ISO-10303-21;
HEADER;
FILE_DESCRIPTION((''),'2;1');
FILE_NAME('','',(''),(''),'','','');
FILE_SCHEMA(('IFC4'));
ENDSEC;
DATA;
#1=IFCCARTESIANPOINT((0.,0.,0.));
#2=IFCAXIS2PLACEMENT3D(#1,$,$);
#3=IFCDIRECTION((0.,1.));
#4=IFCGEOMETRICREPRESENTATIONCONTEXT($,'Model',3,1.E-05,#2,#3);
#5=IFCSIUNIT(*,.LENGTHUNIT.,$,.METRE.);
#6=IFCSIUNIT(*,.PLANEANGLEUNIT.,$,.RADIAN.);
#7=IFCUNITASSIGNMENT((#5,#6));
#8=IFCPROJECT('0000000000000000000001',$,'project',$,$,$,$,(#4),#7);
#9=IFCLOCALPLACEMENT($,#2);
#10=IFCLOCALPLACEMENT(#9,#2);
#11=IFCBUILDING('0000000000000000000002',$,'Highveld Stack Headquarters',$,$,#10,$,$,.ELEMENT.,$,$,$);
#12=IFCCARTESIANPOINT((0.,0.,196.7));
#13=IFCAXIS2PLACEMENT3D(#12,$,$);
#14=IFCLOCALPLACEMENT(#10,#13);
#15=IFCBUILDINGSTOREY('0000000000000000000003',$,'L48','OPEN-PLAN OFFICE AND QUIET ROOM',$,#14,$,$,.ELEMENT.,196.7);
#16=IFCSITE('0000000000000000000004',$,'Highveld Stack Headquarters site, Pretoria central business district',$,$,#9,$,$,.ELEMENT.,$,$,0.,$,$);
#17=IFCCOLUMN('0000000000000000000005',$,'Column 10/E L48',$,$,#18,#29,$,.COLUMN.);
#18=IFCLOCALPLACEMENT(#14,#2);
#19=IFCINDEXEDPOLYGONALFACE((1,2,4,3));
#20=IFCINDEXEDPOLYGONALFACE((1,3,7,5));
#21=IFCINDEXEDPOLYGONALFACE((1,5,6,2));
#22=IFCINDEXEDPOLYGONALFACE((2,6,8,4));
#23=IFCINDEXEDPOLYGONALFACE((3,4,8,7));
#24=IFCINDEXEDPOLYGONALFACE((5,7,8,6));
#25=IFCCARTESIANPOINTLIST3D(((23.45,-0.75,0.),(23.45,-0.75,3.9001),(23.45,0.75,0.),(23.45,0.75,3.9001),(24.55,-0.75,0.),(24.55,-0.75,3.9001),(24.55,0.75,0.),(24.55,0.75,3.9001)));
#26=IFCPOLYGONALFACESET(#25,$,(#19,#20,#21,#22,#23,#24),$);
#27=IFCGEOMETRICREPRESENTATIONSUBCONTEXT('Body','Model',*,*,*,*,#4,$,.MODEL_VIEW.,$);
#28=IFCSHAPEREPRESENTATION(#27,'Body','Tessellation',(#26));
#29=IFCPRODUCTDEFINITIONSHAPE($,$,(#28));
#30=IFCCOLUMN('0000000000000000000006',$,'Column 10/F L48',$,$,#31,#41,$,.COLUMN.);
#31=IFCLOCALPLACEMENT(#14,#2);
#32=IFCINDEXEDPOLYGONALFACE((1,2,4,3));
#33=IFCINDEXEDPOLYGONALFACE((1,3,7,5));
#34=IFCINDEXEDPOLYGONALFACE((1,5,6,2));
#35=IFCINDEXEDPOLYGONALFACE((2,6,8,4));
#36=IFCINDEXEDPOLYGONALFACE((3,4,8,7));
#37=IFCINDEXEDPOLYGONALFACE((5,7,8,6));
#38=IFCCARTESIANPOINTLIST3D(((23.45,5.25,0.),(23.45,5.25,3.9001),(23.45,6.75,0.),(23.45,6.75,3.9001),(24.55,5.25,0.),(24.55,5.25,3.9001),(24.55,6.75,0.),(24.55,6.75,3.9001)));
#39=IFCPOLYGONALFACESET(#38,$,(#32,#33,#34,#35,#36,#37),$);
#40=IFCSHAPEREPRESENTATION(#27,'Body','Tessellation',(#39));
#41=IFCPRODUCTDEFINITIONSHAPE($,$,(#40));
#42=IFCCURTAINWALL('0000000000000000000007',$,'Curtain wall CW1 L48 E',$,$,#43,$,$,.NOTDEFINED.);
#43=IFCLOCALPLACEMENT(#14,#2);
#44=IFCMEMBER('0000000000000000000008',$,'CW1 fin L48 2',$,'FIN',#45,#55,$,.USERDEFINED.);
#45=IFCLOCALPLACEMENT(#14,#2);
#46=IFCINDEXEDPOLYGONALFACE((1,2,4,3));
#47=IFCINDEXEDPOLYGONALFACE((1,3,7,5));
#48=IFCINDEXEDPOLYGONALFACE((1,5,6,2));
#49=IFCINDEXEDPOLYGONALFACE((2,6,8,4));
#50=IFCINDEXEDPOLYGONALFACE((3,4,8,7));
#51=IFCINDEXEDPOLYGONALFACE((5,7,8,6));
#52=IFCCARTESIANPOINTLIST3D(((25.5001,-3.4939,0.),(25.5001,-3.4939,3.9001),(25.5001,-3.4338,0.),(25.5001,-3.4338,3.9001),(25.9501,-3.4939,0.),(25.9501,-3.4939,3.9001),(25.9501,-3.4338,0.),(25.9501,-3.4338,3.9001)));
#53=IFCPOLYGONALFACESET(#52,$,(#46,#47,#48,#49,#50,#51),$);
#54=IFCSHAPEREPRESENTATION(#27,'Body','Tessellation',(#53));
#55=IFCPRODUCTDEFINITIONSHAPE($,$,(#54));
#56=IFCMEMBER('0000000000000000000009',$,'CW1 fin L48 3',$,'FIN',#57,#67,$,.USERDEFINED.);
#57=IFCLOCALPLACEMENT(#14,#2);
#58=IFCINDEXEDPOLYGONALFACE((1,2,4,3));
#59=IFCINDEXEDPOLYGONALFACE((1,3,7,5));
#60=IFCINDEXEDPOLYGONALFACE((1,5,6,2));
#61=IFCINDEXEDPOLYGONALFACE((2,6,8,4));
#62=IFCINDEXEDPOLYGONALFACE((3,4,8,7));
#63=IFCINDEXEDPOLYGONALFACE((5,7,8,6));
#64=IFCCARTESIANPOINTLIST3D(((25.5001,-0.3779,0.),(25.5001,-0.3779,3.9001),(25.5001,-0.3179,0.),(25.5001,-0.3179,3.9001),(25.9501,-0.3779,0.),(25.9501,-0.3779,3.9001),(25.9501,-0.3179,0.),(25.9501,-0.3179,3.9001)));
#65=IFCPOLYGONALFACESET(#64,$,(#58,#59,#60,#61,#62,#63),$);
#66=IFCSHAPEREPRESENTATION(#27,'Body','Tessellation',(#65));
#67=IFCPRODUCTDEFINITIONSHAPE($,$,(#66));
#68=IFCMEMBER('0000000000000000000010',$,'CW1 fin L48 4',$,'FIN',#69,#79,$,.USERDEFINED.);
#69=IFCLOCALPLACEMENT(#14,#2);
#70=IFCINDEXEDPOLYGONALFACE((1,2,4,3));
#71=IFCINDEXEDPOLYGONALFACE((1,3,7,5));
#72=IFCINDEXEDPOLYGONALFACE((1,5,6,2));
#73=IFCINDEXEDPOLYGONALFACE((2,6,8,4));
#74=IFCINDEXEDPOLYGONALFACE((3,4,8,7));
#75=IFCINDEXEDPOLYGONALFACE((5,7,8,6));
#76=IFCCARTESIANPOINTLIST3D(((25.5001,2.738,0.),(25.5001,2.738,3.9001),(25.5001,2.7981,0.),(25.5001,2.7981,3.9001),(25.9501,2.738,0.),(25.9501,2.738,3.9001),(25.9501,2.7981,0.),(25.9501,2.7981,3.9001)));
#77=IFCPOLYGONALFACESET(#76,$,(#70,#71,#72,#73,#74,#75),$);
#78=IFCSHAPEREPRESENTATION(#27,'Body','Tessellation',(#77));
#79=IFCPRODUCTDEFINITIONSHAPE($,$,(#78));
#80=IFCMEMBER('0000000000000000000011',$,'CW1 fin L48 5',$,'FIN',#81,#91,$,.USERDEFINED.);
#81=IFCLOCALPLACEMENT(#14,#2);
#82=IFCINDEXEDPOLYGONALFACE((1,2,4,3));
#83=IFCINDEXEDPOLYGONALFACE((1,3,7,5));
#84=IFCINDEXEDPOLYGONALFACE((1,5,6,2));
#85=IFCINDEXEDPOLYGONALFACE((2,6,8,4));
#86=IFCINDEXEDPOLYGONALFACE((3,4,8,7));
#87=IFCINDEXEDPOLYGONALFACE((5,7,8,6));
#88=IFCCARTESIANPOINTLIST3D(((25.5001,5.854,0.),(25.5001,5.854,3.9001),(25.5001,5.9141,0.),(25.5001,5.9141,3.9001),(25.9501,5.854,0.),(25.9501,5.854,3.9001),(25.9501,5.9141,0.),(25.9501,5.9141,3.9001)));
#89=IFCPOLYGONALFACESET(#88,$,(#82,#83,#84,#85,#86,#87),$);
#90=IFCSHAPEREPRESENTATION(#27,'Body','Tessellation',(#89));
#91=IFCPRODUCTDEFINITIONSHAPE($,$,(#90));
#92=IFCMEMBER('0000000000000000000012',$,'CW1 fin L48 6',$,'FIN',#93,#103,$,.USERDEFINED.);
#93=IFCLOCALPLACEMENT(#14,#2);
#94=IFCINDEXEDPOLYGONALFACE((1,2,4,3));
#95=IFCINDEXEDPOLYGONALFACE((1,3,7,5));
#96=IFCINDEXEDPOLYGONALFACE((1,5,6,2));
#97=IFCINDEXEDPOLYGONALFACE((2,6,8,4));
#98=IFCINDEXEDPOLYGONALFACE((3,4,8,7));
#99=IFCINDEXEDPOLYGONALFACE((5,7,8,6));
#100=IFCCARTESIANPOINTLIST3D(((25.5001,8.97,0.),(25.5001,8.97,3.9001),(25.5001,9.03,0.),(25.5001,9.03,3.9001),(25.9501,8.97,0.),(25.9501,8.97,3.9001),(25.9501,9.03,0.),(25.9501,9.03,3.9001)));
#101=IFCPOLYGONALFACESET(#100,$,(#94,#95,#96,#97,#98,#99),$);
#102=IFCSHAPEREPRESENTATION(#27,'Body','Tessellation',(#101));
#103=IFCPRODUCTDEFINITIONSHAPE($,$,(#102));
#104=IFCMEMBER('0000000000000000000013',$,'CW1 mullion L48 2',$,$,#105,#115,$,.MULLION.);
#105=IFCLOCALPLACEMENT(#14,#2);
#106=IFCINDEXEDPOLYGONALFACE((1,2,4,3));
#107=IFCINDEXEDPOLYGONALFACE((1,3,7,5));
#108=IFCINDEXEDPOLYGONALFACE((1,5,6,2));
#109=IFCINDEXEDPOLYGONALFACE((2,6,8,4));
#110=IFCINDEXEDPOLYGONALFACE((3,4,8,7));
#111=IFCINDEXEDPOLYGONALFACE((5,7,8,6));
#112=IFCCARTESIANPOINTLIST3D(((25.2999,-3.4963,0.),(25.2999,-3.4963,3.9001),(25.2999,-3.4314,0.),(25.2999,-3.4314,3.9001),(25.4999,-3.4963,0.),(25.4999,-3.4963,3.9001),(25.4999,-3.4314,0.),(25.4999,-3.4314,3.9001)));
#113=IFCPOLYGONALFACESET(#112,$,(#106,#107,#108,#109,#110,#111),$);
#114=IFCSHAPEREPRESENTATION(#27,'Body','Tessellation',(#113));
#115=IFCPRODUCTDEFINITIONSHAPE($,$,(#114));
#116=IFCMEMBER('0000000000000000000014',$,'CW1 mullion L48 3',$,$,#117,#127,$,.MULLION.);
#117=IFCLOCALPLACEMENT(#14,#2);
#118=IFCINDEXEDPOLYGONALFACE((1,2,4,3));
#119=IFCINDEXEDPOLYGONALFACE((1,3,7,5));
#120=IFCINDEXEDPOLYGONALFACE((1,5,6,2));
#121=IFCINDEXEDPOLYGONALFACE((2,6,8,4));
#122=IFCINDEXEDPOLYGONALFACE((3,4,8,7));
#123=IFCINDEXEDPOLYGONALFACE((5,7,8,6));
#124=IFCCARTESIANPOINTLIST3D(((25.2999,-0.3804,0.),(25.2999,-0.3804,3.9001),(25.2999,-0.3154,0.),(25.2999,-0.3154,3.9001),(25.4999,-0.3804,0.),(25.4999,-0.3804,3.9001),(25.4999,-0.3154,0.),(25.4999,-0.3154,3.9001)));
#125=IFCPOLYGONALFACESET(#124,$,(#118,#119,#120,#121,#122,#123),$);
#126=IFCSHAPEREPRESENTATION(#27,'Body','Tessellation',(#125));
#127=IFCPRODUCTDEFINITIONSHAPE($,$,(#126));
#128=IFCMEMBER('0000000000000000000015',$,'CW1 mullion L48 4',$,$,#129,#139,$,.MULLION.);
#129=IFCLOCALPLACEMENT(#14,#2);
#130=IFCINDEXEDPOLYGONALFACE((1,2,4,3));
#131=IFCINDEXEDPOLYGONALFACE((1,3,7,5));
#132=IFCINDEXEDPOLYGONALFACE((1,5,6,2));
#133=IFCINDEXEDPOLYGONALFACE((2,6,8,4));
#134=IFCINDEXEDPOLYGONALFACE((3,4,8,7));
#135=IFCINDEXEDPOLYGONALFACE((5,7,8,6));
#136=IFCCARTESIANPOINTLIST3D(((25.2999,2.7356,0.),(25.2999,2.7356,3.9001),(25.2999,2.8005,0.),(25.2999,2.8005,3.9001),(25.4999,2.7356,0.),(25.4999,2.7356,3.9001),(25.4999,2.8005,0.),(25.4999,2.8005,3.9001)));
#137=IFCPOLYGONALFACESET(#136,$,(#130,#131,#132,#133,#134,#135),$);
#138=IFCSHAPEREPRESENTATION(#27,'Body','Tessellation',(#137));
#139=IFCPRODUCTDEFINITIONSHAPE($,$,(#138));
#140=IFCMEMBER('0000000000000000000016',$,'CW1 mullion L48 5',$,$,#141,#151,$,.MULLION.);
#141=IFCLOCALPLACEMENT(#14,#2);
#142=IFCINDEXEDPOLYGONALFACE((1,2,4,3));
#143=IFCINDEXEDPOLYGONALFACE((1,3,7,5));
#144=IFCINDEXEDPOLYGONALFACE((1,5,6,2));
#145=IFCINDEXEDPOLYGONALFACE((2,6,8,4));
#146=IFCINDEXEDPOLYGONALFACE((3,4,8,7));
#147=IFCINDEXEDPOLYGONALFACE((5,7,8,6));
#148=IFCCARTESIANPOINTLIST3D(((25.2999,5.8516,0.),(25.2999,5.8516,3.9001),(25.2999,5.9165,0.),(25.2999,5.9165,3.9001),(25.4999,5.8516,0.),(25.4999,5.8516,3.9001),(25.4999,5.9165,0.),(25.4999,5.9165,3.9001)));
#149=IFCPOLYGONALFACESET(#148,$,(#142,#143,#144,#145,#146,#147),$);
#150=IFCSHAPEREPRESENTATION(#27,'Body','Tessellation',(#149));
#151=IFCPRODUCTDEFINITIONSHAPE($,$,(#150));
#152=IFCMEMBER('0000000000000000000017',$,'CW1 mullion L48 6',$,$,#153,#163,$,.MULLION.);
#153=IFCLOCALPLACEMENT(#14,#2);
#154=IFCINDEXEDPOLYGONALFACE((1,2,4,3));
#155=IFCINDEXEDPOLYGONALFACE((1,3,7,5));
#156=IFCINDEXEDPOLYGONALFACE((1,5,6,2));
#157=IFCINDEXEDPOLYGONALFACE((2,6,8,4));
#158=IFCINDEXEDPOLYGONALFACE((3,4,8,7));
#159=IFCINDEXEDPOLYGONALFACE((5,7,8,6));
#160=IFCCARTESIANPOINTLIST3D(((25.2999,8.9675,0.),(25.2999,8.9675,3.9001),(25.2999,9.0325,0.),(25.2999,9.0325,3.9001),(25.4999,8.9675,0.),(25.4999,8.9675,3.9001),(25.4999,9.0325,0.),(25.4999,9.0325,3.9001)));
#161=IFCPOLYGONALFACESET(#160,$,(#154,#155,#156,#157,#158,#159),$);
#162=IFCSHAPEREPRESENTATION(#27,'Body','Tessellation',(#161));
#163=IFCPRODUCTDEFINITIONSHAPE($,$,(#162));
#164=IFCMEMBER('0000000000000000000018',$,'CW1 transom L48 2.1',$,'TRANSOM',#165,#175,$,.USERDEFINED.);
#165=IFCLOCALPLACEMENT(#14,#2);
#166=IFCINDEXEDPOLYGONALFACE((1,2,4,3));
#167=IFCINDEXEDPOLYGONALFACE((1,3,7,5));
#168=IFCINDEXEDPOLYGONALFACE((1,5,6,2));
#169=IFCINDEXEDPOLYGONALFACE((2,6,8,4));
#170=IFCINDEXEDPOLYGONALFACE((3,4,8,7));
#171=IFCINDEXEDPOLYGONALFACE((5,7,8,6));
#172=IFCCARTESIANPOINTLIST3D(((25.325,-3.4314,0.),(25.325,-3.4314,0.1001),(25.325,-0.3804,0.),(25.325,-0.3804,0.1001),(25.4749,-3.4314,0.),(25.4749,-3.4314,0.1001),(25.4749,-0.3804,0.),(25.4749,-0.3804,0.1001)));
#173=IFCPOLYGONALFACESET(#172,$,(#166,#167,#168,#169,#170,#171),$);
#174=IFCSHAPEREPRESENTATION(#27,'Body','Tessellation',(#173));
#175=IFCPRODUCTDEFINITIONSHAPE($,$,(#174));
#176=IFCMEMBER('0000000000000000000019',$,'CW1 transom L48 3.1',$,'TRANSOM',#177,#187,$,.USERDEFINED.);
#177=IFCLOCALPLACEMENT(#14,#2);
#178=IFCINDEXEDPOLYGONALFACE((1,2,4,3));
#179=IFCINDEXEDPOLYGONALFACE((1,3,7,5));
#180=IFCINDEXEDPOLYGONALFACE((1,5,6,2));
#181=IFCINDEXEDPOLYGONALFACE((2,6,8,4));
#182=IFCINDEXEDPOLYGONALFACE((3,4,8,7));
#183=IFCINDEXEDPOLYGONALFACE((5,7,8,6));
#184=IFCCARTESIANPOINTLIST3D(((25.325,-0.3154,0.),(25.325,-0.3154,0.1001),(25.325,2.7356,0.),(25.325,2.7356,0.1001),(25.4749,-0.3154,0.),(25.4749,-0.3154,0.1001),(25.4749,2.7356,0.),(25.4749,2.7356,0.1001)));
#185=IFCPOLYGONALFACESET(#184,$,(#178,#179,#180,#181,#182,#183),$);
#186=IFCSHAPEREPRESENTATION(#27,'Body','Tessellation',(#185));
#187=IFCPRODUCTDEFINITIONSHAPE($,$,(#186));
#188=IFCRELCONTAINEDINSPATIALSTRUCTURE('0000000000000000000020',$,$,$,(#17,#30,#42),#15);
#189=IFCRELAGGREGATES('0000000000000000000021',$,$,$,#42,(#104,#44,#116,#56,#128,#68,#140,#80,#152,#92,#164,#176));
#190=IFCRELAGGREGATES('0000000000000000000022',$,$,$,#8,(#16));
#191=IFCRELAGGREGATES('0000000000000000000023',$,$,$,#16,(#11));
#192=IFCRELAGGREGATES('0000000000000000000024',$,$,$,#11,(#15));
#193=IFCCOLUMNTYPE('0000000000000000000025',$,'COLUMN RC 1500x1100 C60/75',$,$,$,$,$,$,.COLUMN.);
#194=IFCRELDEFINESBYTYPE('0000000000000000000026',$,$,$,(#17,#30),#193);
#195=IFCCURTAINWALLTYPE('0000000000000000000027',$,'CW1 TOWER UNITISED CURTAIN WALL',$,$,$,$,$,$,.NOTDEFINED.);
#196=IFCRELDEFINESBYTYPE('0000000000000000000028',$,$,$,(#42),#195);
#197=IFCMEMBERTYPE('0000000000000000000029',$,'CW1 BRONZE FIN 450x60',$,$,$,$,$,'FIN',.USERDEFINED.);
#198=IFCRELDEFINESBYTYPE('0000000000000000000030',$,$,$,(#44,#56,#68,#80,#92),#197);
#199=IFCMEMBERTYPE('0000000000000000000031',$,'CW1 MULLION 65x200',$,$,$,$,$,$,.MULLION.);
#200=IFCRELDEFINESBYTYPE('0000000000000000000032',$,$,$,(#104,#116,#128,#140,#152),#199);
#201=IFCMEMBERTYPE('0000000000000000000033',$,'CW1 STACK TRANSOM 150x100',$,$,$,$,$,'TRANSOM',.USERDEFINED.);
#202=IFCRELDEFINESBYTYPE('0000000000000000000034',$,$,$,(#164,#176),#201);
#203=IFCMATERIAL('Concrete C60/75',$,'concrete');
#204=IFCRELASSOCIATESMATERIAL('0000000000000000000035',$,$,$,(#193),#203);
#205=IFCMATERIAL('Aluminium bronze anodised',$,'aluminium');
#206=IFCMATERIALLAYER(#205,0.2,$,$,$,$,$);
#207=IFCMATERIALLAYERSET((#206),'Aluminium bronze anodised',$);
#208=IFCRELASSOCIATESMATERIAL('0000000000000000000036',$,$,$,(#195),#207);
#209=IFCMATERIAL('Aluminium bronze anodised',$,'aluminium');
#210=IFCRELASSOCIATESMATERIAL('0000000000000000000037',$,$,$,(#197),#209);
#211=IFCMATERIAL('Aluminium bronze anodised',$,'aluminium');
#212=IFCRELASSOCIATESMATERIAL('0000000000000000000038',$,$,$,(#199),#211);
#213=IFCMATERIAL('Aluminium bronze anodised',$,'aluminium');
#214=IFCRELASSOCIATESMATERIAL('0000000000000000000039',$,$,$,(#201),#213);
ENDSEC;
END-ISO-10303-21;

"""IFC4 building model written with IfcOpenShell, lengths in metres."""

from ifc_helpers import new_model, si_unit, direction, frame, origin, origin_2d, place, context, subcontext, project, spatial, rectangle, extrude, material, layer, layer_set, material_profile, profile_set, type_object, element, aggregate, save


model = new_model("IFC4")

# Units and contexts
model_context = context("Model", 3, precision=1e-05, world=origin(), true_north=direction((0.0, 1.0)))
body_context = subcontext(model_context, "Body", "Model", "MODEL_VIEW")
ifc_project = project(units=[si_unit("LENGTHUNIT", "METRE"), si_unit("PLANEANGLEUNIT", "RADIAN")], contexts=[model_context])

# Site, building, storey
site_placement = place(None, origin())
site = spatial("IfcSite", under=ifc_project, at=site_placement, Name="Highveld Stack Headquarters site, Pretoria central business district", CompositionType="ELEMENT", RefElevation=0.0)
building_placement = place(site_placement, origin())
building = spatial("IfcBuilding", under=site, at=building_placement, Name="Highveld Stack Headquarters", CompositionType="ELEMENT")
storey_placement = place(building_placement, frame((0.0, 0.0, 196.7)))
storey = spatial("IfcBuildingStorey", under=building, at=storey_placement, Name="L48", Description="OPEN-PLAN OFFICE AND QUIET ROOM", CompositionType="ELEMENT", Elevation=196.7)

# Columns
ifc_material_1 = material(Name="Concrete C60/75", Category="concrete")
ifc_material_profile_1 = material_profile(ifc_material_1, rectangle(XDim=1.5, YDim=1.1001, at=origin_2d()), Name="RC 1500x1100")
ifc_profile_set_1 = profile_set([ifc_material_profile_1], Name="Concrete C60/75")
column_type = type_object("IfcColumnType", Name="COLUMN RC 1500x1100 C60/75", PredefinedType="COLUMN", material=ifc_profile_set_1)
for number, where, z_axis, x_axis, name in (
    (1, (24.0, 0.0, 0.0), (0.0, 0.0, 1.0), (0.0, 1.0, 0.0), "Column 10/E L48"),
    (2, (24.0, 6.0, 0.0), (0.0, 0.0, 1.0), (0.0, 1.0, 0.0), "Column 10/F L48"),
):
    element("IfcColumn", number, at=place(storey_placement, frame(where, z_axis=z_axis, x_axis=x_axis)), inside=storey, type_object=column_type, Name=name, PredefinedType="COLUMN", context=body_context, shape_type="SweptSolid", body=[
        extrude(rectangle(XDim=1.5, YDim=1.1001, at=origin_2d()), origin(), (0.0, 0.0, 1.0), 3.9001),
    ])

# Curtain wall, members
ifc_material_2 = material(Name="Aluminium bronze anodised", Category="aluminium")
ifc_layer_1 = layer(ifc_material_2, 0.2)
ifc_layer_set_1 = layer_set([ifc_layer_1], Name="Aluminium bronze anodised")
curtain_wall_type = type_object("IfcCurtainWallType", Name="CW1 TOWER UNITISED CURTAIN WALL", PredefinedType="NOTDEFINED", material=ifc_layer_set_1)
curtain_wall_placement = place(storey_placement, origin())
curtain_wall = element("IfcCurtainWall", 3, at=curtain_wall_placement, inside=storey, type_object=curtain_wall_type, Name="Curtain wall CW1 L48 E", PredefinedType="NOTDEFINED")
ifc_material_3 = material(Name="Aluminium bronze anodised", Category="aluminium")
ifc_material_profile_2 = material_profile(ifc_material_3, rectangle(XDim=0.45, YDim=0.0601, at=origin_2d()), Name="FIN 450x60")
ifc_profile_set_2 = profile_set([ifc_material_profile_2], Name="Aluminium bronze anodised")
member_type_1 = type_object("IfcMemberType", Name="CW1 BRONZE FIN 450x60", ElementType="FIN", PredefinedType="USERDEFINED", material=ifc_profile_set_2)
member_1_placement = place(storey_placement, frame((25.7251, -3.4639, 0.0), z_axis=(0.0, 0.0, 1.0), x_axis=(-1.0, 0.0, 0.0)))
member_1 = element("IfcMember", 4, at=member_1_placement, type_object=member_type_1, Name="CW1 fin L48 2", ObjectType="FIN", PredefinedType="USERDEFINED", context=body_context, shape_type="SweptSolid", body=[
    extrude(rectangle(XDim=0.45, YDim=0.0601, at=origin_2d()), origin(), (0.0, 0.0, 1.0), 3.9001),
])
member_2_placement = place(storey_placement, frame((25.7251, -0.3479, 0.0), z_axis=(0.0, 0.0, 1.0), x_axis=(-1.0, 0.0, 0.0)))
member_2 = element("IfcMember", 5, at=member_2_placement, type_object=member_type_1, Name="CW1 fin L48 3", ObjectType="FIN", PredefinedType="USERDEFINED", context=body_context, shape_type="SweptSolid", body=[
    extrude(rectangle(XDim=0.45, YDim=0.0601, at=origin_2d()), origin(), (0.0, 0.0, 1.0), 3.9001),
])
member_3_placement = place(storey_placement, frame((25.7251, 2.7681, 0.0), z_axis=(0.0, 0.0, 1.0), x_axis=(-1.0, 0.0, 0.0)))
member_3 = element("IfcMember", 6, at=member_3_placement, type_object=member_type_1, Name="CW1 fin L48 4", ObjectType="FIN", PredefinedType="USERDEFINED", context=body_context, shape_type="SweptSolid", body=[
    extrude(rectangle(XDim=0.45, YDim=0.0601, at=origin_2d()), origin(), (0.0, 0.0, 1.0), 3.9001),
])
member_4_placement = place(storey_placement, frame((25.7251, 5.884, 0.0), z_axis=(0.0, 0.0, 1.0), x_axis=(-1.0, 0.0, 0.0)))
member_4 = element("IfcMember", 7, at=member_4_placement, type_object=member_type_1, Name="CW1 fin L48 5", ObjectType="FIN", PredefinedType="USERDEFINED", context=body_context, shape_type="SweptSolid", body=[
    extrude(rectangle(XDim=0.45, YDim=0.0601, at=origin_2d()), origin(), (0.0, 0.0, 1.0), 3.9001),
])
member_5_placement = place(storey_placement, frame((25.7251, 9.0, 0.0), z_axis=(0.0, 0.0, 1.0), x_axis=(-1.0, 0.0, 0.0)))
member_5 = element("IfcMember", 8, at=member_5_placement, type_object=member_type_1, Name="CW1 fin L48 6", ObjectType="FIN", PredefinedType="USERDEFINED", context=body_context, shape_type="SweptSolid", body=[
    extrude(rectangle(XDim=0.45, YDim=0.0601, at=origin_2d()), origin(), (0.0, 0.0, 1.0), 3.9001),
])
ifc_material_4 = material(Name="Aluminium bronze anodised", Category="aluminium")
ifc_material_profile_3 = material_profile(ifc_material_4, rectangle(XDim=0.2, YDim=0.0649, at=origin_2d()), Name="CW1 MULLION 65x200")
ifc_profile_set_3 = profile_set([ifc_material_profile_3], Name="Aluminium bronze anodised")
member_type_2 = type_object("IfcMemberType", Name="CW1 MULLION 65x200", PredefinedType="MULLION", material=ifc_profile_set_3)
member_6_placement = place(storey_placement, frame((25.3999, -3.4639, 0.0), z_axis=(0.0, 0.0, 1.0), x_axis=(-1.0, 0.0, 0.0)))
member_6 = element("IfcMember", 9, at=member_6_placement, type_object=member_type_2, Name="CW1 mullion L48 2", PredefinedType="MULLION", context=body_context, shape_type="SweptSolid", body=[
    extrude(rectangle(XDim=0.2, YDim=0.0649, at=origin_2d()), origin(), (0.0, 0.0, 1.0), 3.9001),
])
member_7_placement = place(storey_placement, frame((25.3999, -0.3479, 0.0), z_axis=(0.0, 0.0, 1.0), x_axis=(-1.0, 0.0, 0.0)))
member_7 = element("IfcMember", 10, at=member_7_placement, type_object=member_type_2, Name="CW1 mullion L48 3", PredefinedType="MULLION", context=body_context, shape_type="SweptSolid", body=[
    extrude(rectangle(XDim=0.2, YDim=0.0649, at=origin_2d()), origin(), (0.0, 0.0, 1.0), 3.9001),
])
member_8_placement = place(storey_placement, frame((25.3999, 2.7681, 0.0), z_axis=(0.0, 0.0, 1.0), x_axis=(-1.0, 0.0, 0.0)))
member_8 = element("IfcMember", 11, at=member_8_placement, type_object=member_type_2, Name="CW1 mullion L48 4", PredefinedType="MULLION", context=body_context, shape_type="SweptSolid", body=[
    extrude(rectangle(XDim=0.2, YDim=0.0649, at=origin_2d()), origin(), (0.0, 0.0, 1.0), 3.9001),
])
member_9_placement = place(storey_placement, frame((25.3999, 5.884, 0.0), z_axis=(0.0, 0.0, 1.0), x_axis=(-1.0, 0.0, 0.0)))
member_9 = element("IfcMember", 12, at=member_9_placement, type_object=member_type_2, Name="CW1 mullion L48 5", PredefinedType="MULLION", context=body_context, shape_type="SweptSolid", body=[
    extrude(rectangle(XDim=0.2, YDim=0.0649, at=origin_2d()), origin(), (0.0, 0.0, 1.0), 3.9001),
])
member_10_placement = place(storey_placement, frame((25.3999, 9.0, 0.0), z_axis=(0.0, 0.0, 1.0), x_axis=(-1.0, 0.0, 0.0)))
member_10 = element("IfcMember", 13, at=member_10_placement, type_object=member_type_2, Name="CW1 mullion L48 6", PredefinedType="MULLION", context=body_context, shape_type="SweptSolid", body=[
    extrude(rectangle(XDim=0.2, YDim=0.0649, at=origin_2d()), origin(), (0.0, 0.0, 1.0), 3.9001),
])
ifc_material_5 = material(Name="Aluminium bronze anodised", Category="aluminium")
ifc_material_profile_4 = material_profile(ifc_material_5, rectangle(XDim=0.1499, YDim=0.1001, at=origin_2d()), Name="CW1 TRANSOM 150x100")
ifc_profile_set_4 = profile_set([ifc_material_profile_4], Name="Aluminium bronze anodised")
member_type_3 = type_object("IfcMemberType", Name="CW1 STACK TRANSOM 150x100", ElementType="TRANSOM", PredefinedType="USERDEFINED", material=ifc_profile_set_4)
member_11_placement = place(storey_placement, frame((25.3999, -3.4314, 0.05), z_axis=(0.0, 1.0, 0.0), x_axis=(-1.0, 0.0, 0.0)))
member_11 = element("IfcMember", 14, at=member_11_placement, type_object=member_type_3, Name="CW1 transom L48 2.1", ObjectType="TRANSOM", PredefinedType="USERDEFINED", context=body_context, shape_type="SweptSolid", body=[
    extrude(rectangle(XDim=0.1499, YDim=0.1001, at=origin_2d()), origin(), (0.0, 0.0, 1.0), 3.051),
])
member_12_placement = place(storey_placement, frame((25.3999, -0.3154, 0.05), z_axis=(0.0, 1.0, 0.0), x_axis=(-1.0, 0.0, 0.0)))
member_12 = element("IfcMember", 15, at=member_12_placement, type_object=member_type_3, Name="CW1 transom L48 3.1", ObjectType="TRANSOM", PredefinedType="USERDEFINED", context=body_context, shape_type="SweptSolid", body=[
    extrude(rectangle(XDim=0.1499, YDim=0.1001, at=origin_2d()), origin(), (0.0, 0.0, 1.0), 3.051),
])
aggregate(curtain_wall, [member_6, member_1, member_7, member_2, member_8, member_3, member_9, member_4, member_10, member_5, member_11, member_12])

save(model, "model.ifc")
